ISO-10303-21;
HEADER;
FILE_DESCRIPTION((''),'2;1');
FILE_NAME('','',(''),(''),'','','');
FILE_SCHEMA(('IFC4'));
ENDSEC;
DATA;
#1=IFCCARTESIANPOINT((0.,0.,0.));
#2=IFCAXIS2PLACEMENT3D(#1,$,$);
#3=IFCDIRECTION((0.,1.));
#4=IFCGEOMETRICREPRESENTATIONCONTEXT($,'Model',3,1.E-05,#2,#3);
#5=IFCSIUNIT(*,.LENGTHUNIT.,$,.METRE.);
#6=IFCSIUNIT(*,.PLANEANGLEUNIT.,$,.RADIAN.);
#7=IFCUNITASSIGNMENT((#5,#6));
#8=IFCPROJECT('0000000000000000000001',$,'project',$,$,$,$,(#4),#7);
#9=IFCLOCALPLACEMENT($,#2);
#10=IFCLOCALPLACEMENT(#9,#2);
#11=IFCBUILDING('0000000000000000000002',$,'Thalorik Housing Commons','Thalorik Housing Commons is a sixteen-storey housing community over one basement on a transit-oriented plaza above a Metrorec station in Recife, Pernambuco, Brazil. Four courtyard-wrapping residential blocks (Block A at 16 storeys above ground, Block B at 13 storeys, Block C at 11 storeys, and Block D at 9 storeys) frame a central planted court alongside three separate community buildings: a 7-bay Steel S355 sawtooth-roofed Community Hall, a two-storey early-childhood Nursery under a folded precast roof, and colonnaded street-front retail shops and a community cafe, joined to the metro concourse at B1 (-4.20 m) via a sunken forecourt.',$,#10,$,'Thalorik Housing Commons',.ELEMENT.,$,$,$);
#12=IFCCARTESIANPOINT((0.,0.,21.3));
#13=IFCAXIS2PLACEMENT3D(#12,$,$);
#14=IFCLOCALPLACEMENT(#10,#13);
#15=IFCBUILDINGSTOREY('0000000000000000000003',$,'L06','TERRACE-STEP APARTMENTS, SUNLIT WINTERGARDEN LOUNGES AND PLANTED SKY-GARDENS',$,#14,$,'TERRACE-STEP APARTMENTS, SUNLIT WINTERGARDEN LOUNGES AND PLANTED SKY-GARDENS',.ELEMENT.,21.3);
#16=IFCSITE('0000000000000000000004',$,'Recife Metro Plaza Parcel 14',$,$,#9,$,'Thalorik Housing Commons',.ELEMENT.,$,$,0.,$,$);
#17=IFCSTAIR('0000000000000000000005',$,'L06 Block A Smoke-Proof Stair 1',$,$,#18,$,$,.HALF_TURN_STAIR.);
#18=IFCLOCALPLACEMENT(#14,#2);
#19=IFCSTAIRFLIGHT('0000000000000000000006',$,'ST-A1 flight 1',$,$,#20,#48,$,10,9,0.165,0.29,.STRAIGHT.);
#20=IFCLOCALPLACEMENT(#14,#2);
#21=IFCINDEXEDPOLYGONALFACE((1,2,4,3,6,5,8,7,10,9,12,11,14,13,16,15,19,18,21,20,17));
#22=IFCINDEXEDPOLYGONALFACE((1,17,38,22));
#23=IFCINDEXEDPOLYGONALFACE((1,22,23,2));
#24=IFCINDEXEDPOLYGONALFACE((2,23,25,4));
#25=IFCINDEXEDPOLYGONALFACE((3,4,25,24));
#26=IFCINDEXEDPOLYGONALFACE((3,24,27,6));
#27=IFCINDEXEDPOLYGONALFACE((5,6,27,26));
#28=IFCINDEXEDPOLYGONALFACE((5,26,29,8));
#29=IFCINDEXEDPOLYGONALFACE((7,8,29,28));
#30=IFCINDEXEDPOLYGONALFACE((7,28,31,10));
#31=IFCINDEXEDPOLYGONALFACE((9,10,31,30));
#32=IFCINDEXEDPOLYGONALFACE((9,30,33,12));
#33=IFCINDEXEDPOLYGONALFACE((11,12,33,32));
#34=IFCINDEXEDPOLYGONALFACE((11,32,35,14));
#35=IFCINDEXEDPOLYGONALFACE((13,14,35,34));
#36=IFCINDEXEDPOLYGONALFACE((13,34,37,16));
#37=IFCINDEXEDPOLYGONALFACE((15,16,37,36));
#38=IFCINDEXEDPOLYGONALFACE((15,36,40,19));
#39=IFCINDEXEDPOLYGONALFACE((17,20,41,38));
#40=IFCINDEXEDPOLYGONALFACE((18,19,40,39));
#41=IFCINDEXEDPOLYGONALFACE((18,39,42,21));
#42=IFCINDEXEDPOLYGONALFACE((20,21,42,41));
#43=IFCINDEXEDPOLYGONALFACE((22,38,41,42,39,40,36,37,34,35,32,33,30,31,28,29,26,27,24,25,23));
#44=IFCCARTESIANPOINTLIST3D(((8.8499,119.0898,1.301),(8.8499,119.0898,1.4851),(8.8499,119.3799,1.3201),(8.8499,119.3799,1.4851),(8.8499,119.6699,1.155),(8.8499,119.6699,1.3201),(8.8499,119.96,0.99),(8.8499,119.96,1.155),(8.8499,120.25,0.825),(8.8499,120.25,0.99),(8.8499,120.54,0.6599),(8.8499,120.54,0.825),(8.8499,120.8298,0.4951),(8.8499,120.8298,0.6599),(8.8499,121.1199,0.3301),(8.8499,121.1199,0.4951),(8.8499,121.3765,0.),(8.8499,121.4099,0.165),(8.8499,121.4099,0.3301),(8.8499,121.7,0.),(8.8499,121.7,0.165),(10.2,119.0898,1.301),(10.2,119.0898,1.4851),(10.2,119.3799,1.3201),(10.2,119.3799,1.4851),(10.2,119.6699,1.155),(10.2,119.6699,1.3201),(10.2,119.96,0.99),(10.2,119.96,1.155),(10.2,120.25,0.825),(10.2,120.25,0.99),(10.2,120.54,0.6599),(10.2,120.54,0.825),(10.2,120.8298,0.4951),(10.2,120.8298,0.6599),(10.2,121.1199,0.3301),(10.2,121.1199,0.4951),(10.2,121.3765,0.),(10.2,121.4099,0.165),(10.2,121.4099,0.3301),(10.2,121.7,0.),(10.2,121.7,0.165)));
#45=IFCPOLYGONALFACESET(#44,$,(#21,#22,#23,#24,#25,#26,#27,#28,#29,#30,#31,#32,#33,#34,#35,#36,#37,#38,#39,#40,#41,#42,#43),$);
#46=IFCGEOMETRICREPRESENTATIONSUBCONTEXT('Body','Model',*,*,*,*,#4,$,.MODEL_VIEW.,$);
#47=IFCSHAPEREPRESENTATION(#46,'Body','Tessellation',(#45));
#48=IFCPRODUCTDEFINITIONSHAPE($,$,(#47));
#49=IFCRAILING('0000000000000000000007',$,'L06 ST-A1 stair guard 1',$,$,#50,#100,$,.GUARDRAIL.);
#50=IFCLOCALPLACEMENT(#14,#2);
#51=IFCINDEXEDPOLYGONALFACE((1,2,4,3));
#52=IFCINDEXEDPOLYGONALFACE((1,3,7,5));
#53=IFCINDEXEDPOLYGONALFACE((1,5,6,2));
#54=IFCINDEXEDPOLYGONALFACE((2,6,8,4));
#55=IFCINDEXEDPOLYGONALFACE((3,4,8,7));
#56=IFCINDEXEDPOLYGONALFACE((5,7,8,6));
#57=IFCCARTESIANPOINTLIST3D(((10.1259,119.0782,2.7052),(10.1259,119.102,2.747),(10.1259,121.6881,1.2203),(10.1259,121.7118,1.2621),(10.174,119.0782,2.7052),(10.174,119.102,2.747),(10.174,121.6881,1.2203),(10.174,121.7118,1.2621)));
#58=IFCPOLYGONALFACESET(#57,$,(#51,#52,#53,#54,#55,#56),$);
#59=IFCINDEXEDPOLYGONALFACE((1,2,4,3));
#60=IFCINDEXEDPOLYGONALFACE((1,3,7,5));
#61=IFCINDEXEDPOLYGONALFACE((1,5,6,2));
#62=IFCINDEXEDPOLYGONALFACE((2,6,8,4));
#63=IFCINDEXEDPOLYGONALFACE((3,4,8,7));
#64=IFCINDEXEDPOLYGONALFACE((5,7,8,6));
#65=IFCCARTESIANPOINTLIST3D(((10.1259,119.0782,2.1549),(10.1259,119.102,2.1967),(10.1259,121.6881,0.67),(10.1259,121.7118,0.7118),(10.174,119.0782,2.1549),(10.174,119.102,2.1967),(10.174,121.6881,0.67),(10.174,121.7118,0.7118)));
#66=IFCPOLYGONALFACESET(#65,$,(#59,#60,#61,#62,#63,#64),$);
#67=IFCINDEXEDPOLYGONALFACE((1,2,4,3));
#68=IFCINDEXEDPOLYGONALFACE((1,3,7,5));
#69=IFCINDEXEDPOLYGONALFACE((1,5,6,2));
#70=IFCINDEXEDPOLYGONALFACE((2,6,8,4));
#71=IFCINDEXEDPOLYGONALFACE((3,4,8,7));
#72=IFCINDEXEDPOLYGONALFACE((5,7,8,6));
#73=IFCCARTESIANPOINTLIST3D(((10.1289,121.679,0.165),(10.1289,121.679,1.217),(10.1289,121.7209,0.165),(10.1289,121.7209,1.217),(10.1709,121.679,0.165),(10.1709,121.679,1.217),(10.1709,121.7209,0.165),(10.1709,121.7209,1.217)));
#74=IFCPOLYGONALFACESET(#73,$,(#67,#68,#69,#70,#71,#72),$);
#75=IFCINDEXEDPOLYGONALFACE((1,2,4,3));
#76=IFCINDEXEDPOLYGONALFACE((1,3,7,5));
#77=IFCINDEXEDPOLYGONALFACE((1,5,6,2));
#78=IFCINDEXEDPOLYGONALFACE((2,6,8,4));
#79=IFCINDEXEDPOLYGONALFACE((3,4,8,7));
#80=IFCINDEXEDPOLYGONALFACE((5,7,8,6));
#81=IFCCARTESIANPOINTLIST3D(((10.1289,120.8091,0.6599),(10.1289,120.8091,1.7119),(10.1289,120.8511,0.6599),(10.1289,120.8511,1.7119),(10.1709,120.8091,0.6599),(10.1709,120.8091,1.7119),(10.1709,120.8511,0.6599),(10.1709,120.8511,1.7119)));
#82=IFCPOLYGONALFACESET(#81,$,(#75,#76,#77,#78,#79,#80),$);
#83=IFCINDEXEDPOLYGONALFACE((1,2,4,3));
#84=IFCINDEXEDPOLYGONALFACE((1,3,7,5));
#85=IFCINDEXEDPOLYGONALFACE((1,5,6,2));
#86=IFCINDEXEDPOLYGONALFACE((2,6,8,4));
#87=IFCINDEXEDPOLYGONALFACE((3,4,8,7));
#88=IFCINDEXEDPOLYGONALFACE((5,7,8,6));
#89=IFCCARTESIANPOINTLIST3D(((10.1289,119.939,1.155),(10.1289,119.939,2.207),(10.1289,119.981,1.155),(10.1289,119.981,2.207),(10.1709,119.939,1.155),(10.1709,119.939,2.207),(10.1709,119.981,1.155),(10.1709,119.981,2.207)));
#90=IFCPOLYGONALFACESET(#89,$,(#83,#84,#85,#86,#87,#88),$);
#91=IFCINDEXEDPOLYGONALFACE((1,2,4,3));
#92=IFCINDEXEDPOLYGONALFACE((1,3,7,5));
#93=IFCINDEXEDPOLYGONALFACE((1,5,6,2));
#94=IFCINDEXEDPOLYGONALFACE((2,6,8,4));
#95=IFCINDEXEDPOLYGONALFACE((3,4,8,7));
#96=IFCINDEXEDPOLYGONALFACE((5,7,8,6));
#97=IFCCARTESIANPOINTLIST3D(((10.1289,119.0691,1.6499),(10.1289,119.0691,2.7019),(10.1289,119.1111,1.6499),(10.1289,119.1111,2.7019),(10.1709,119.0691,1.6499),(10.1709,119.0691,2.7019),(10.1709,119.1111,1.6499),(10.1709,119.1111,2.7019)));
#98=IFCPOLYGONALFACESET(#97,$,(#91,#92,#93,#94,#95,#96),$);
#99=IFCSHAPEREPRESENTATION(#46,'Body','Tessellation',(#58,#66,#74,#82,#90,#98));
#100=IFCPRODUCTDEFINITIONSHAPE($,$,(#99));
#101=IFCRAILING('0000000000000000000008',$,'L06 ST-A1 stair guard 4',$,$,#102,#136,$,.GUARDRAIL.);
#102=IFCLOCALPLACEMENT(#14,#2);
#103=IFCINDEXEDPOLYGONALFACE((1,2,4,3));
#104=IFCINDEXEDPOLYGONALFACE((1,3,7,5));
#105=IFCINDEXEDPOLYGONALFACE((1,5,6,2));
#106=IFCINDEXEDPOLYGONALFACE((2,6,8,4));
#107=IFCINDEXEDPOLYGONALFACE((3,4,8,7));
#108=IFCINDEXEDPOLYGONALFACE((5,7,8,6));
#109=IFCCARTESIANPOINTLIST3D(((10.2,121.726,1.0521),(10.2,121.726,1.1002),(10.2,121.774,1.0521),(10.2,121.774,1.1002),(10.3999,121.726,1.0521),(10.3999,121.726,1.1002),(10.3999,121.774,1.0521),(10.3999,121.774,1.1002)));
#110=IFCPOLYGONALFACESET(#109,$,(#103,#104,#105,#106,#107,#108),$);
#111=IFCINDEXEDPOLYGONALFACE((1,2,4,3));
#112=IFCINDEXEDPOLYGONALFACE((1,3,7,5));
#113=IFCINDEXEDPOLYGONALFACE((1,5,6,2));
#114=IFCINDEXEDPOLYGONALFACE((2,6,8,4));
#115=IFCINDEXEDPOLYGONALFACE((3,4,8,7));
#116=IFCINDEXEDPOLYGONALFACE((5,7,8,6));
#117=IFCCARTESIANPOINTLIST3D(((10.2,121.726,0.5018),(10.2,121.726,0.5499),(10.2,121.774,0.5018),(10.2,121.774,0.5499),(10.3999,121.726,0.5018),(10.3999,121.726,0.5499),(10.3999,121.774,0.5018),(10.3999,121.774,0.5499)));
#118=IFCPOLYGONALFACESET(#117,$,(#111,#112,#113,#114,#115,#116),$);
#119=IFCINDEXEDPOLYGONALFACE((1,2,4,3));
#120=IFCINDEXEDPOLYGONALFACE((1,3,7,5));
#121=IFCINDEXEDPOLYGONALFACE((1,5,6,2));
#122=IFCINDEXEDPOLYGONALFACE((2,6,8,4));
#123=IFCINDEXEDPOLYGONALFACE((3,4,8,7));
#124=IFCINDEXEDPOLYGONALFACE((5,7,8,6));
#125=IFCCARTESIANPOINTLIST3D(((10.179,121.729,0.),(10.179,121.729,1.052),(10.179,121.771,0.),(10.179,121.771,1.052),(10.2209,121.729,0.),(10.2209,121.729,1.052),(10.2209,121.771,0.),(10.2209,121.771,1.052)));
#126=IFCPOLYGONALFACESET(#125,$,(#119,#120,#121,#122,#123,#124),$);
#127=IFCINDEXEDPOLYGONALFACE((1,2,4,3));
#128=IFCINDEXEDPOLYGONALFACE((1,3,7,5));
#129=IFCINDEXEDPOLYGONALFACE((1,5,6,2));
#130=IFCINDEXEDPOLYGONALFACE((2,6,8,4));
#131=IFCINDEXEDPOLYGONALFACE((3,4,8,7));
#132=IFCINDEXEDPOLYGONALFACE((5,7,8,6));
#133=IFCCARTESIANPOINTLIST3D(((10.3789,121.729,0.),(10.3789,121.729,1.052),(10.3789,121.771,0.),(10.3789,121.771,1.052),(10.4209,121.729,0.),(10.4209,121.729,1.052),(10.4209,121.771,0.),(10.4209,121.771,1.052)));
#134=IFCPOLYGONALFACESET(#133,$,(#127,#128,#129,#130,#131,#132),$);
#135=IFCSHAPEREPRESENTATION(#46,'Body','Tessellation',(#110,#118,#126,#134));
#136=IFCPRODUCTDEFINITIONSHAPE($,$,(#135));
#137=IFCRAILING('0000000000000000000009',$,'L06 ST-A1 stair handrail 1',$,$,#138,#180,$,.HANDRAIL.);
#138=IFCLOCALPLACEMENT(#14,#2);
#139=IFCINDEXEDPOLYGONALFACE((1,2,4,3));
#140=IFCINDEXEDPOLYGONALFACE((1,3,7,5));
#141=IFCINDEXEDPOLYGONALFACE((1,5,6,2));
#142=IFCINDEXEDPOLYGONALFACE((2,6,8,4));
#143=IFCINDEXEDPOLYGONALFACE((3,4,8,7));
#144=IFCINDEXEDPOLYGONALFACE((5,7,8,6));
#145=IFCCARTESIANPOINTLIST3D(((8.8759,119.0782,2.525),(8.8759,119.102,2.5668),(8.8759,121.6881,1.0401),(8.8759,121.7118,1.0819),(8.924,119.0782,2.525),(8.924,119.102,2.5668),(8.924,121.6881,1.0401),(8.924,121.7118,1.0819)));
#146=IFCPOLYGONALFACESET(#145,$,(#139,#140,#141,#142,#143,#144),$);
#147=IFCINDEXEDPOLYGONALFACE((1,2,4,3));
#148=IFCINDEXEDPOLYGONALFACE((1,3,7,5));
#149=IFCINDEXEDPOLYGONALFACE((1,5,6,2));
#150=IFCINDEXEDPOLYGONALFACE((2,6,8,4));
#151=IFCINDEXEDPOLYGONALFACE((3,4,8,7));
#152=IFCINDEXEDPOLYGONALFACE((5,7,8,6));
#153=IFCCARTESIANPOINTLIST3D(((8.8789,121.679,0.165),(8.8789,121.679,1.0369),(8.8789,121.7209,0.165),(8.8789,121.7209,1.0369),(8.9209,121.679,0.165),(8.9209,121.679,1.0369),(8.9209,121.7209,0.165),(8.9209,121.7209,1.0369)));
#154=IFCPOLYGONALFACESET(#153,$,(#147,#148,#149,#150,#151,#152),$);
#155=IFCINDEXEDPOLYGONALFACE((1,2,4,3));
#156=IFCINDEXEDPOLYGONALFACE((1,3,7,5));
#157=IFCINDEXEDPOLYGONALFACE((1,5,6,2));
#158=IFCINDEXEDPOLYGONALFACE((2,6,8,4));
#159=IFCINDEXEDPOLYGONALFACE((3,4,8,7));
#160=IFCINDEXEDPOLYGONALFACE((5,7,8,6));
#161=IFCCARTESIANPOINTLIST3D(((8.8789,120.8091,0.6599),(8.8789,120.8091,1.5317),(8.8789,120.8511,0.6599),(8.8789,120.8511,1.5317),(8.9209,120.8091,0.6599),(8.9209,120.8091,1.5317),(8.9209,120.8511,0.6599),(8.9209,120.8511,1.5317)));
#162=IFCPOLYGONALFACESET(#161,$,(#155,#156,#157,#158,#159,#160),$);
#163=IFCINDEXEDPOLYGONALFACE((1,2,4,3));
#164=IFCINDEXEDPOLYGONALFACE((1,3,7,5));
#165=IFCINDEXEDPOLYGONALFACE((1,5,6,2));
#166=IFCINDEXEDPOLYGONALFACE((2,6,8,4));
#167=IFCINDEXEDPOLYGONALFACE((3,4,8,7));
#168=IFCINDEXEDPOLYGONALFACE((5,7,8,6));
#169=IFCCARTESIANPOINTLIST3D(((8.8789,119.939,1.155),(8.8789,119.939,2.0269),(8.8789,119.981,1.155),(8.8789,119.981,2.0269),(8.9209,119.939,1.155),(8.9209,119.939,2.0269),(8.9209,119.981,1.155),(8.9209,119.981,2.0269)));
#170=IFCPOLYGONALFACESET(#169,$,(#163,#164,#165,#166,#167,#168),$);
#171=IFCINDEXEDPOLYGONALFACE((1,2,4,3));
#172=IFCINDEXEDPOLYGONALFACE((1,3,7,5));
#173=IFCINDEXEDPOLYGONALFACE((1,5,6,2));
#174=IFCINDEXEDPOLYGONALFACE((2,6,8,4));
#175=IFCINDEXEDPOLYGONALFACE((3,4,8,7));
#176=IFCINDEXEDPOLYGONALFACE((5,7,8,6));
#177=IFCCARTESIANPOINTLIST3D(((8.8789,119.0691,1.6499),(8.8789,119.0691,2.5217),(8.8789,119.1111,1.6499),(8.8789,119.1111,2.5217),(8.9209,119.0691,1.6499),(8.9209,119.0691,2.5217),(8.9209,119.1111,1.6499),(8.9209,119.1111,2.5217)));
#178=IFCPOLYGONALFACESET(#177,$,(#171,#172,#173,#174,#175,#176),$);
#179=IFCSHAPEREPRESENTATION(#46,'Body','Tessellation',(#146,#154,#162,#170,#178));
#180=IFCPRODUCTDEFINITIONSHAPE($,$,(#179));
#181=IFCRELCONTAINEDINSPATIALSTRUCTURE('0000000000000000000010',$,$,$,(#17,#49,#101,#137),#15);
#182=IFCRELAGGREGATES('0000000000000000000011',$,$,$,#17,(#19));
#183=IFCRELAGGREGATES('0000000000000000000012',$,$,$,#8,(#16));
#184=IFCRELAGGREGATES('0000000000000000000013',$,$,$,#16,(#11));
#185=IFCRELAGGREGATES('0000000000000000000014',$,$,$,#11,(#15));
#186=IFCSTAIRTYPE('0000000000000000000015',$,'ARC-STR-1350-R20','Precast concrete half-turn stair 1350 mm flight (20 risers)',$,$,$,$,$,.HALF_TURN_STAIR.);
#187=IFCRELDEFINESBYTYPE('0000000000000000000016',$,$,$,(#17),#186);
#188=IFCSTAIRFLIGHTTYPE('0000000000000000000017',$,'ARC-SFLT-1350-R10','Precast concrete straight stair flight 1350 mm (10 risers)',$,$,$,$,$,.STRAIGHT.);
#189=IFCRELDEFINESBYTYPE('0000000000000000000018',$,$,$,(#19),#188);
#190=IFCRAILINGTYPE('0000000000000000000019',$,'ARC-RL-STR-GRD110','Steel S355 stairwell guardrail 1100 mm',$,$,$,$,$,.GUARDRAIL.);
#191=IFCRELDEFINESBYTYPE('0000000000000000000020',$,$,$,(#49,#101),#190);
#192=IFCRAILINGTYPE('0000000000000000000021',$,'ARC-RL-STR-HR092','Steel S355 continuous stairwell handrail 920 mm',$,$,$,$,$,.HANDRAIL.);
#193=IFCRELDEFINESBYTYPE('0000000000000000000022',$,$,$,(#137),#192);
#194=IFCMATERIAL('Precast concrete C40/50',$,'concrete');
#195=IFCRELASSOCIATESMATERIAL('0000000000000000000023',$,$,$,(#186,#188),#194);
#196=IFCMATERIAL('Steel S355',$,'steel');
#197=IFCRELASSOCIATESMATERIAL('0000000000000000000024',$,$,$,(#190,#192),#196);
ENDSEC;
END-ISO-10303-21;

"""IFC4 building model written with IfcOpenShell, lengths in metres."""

from ifc_helpers import new_model, si_unit, direction, frame, origin, origin_2d, place, context, subcontext, project, spatial, polyline, rectangle, outline, extrude, material, type_object, element, aggregate, save


model = new_model("IFC4")

# Units and contexts
model_context = context("Model", 3, precision=1e-05, world=origin(), true_north=direction((0.0, 1.0)))
body_context = subcontext(model_context, "Body", "Model", "MODEL_VIEW")
ifc_project = project(units=[si_unit("LENGTHUNIT", "METRE"), si_unit("PLANEANGLEUNIT", "RADIAN")], contexts=[model_context])

# Site, building, storey
site_placement = place(None, origin())
site = spatial("IfcSite", under=ifc_project, at=site_placement, Name="Recife Metro Plaza Parcel 14", LongName="Thalorik Housing Commons", CompositionType="ELEMENT", RefElevation=0.0)
building_placement = place(site_placement, origin())
building = spatial("IfcBuilding", under=site, at=building_placement, Name="Thalorik Housing Commons", Description="Thalorik Housing Commons is a sixteen-storey housing community over one basement on a transit-oriented plaza above a Metrorec station in Recife, Pernambuco, Brazil. Four courtyard-wrapping residential blocks (Block A at 16 storeys above ground, Block B at 13 storeys, Block C at 11 storeys, and Block D at 9 storeys) frame a central planted court alongside three separate community buildings: a 7-bay Steel S355 sawtooth-roofed Community Hall, a two-storey early-childhood Nursery under a folded precast roof, and colonnaded street-front retail shops and a community cafe, joined to the metro concourse at B1 (-4.20 m) via a sunken forecourt.", LongName="Thalorik Housing Commons", CompositionType="ELEMENT")
storey_placement = place(building_placement, frame((0.0, 0.0, 21.3)))
storey = spatial("IfcBuildingStorey", under=building, at=storey_placement, Name="L06", Description="TERRACE-STEP APARTMENTS, SUNLIT WINTERGARDEN LOUNGES AND PLANTED SKY-GARDENS", LongName="TERRACE-STEP APARTMENTS, SUNLIT WINTERGARDEN LOUNGES AND PLANTED SKY-GARDENS", CompositionType="ELEMENT", Elevation=21.3)

# Shared definitions
ifc_material_1 = material(Name="Precast concrete C40/50", Category="concrete")

# Shared definitions
ifc_material_2 = material(Name="Steel S355", Category="steel")

# Stair, stair flight
stair_type = type_object("IfcStairType", Name="ARC-STR-1350-R20", Description="Precast concrete half-turn stair 1350 mm flight (20 risers)", PredefinedType="HALF_TURN_STAIR", material=ifc_material_1)
stair_placement = place(storey_placement, origin())
stair = element("IfcStair", 1, at=stair_placement, inside=storey, type_object=stair_type, Name="L06 Block A Smoke-Proof Stair 1", PredefinedType="HALF_TURN_STAIR")
stair_flight_type = type_object("IfcStairFlightType", Name="ARC-SFLT-1350-R10", Description="Precast concrete straight stair flight 1350 mm (10 risers)", PredefinedType="STRAIGHT", material=ifc_material_1)
stair_flight_placement = place(storey_placement, frame((9.5249, 121.7, 0.0), z_axis=(0.0, 0.0, 1.0), x_axis=(0.0, -1.0, 0.0)))
stair_flight = element("IfcStairFlight", 2, at=stair_flight_placement, type_object=stair_flight_type, Name="ST-A1 flight 1", NumberOfRisers=10, NumberOfTreads=9, PredefinedType="STRAIGHT", RiserHeight=0.165, TreadLength=0.29, context=body_context, shape_type="SweptSolid", body=[
    extrude(outline(polyline([(0.0, 0.0), (0.0, 0.165), (0.29, 0.165), (0.29, 0.3301), (0.5801, 0.3301), (0.5801, 0.4951), (0.8701, 0.4951), (0.8701, 0.6599), (1.1599, 0.6599), (1.1599, 0.825), (1.45, 0.825), (1.45, 0.99), (1.74, 0.99), (1.74, 1.155), (2.03, 1.155), (2.03, 1.3201), (2.3201, 1.3201), (2.3201, 1.4851), (2.6101, 1.4851), (2.6101, 1.6499), (2.6101, 1.301), (0.3235, 0.0), (0.0, 0.0)])), frame((0.0, 0.675, 0.0), z_axis=(0.0, -1.0, 0.0), x_axis=(1.0, 0.0, 0.0)), (0.0, 0.0, 1.0), 1.3501),
])
aggregate(stair, [stair_flight])

# Railings
railing_type_1 = type_object("IfcRailingType", Name="ARC-RL-STR-GRD110", Description="Steel S355 stairwell guardrail 1100 mm", PredefinedType="GUARDRAIL", material=ifc_material_2)
railing_1_placement = place(storey_placement, frame((10.1499, 121.7, 0.165)))
element("IfcRailing", 3, at=railing_1_placement, inside=storey, type_object=railing_type_1, Name="L06 ST-A1 stair guard 1", PredefinedType="GUARDRAIL", context=body_context, shape_type="SweptSolid", body=[
    extrude(rectangle(XDim=0.0481, YDim=0.0481, at=origin_2d()), frame((0.0, 0.0, 1.0762), z_axis=(0.0, -0.869172, 0.494509), x_axis=(1.0, 0.0, 0.0)), (0.0, 0.0, 1.0), 3.0027),
    extrude(rectangle(XDim=0.0481, YDim=0.0481, at=origin_2d()), frame((0.0, 0.0, 0.5259), z_axis=(0.0, -0.869172, 0.494509), x_axis=(1.0, 0.0, 0.0)), (0.0, 0.0, 1.0), 3.0027),
    extrude(rectangle(XDim=0.042, YDim=0.042, at=origin_2d()), origin(), (0.0, 0.0, 1.0), 1.052),
    extrude(rectangle(XDim=0.042, YDim=0.042, at=origin_2d()), frame((0.0, -0.8699, 0.4949)), (0.0, 0.0, 1.0), 1.052),
    extrude(rectangle(XDim=0.042, YDim=0.042, at=origin_2d()), frame((0.0, -1.74, 0.99)), (0.0, 0.0, 1.0), 1.052),
    extrude(rectangle(XDim=0.042, YDim=0.042, at=origin_2d()), frame((0.0, -2.6099, 1.4849)), (0.0, 0.0, 1.0), 1.052),
])
railing_2_placement = place(storey_placement, frame((10.2, 121.75, 0.0)))
element("IfcRailing", 4, at=railing_2_placement, inside=storey, type_object=railing_type_1, Name="L06 ST-A1 stair guard 4", PredefinedType="GUARDRAIL", context=body_context, shape_type="SweptSolid", body=[
    extrude(rectangle(XDim=0.0481, YDim=0.0481, at=origin_2d()), frame((0.0, 0.0, 1.0762), z_axis=(1.0, 0.0, 0.0), x_axis=(0.0, 1.0, 0.0)), (0.0, 0.0, 1.0), 0.2),
    extrude(rectangle(XDim=0.0481, YDim=0.0481, at=origin_2d()), frame((0.0, 0.0, 0.5259), z_axis=(1.0, 0.0, 0.0), x_axis=(0.0, 1.0, 0.0)), (0.0, 0.0, 1.0), 0.2),
    extrude(rectangle(XDim=0.042, YDim=0.042, at=origin_2d()), origin(), (0.0, 0.0, 1.0), 1.052),
    extrude(rectangle(XDim=0.042, YDim=0.042, at=origin_2d()), frame((0.2, 0.0, 0.0)), (0.0, 0.0, 1.0), 1.052),
])
railing_type_2 = type_object("IfcRailingType", Name="ARC-RL-STR-HR092", Description="Steel S355 continuous stairwell handrail 920 mm", PredefinedType="HANDRAIL", material=ifc_material_2)
railing_3_placement = place(storey_placement, frame((8.8999, 121.7, 0.165)))
element("IfcRailing", 5, at=railing_3_placement, inside=storey, type_object=railing_type_2, Name="L06 ST-A1 stair handrail 1", PredefinedType="HANDRAIL", context=body_context, shape_type="SweptSolid", body=[
    extrude(rectangle(XDim=0.0481, YDim=0.0481, at=origin_2d()), frame((0.0, 0.0, 0.896), z_axis=(0.0, -0.869172, 0.494509), x_axis=(1.0, 0.0, 0.0)), (0.0, 0.0, 1.0), 3.0027),
    extrude(rectangle(XDim=0.042, YDim=0.042, at=origin_2d()), origin(), (0.0, 0.0, 1.0), 0.8718),
    extrude(rectangle(XDim=0.042, YDim=0.042, at=origin_2d()), frame((0.0, -0.8699, 0.4949)), (0.0, 0.0, 1.0), 0.8718),
    extrude(rectangle(XDim=0.042, YDim=0.042, at=origin_2d()), frame((0.0, -1.74, 0.99)), (0.0, 0.0, 1.0), 0.8718),
    extrude(rectangle(XDim=0.042, YDim=0.042, at=origin_2d()), frame((0.0, -2.6099, 1.4849)), (0.0, 0.0, 1.0), 0.8718),
])

save(model, "model.ifc")
